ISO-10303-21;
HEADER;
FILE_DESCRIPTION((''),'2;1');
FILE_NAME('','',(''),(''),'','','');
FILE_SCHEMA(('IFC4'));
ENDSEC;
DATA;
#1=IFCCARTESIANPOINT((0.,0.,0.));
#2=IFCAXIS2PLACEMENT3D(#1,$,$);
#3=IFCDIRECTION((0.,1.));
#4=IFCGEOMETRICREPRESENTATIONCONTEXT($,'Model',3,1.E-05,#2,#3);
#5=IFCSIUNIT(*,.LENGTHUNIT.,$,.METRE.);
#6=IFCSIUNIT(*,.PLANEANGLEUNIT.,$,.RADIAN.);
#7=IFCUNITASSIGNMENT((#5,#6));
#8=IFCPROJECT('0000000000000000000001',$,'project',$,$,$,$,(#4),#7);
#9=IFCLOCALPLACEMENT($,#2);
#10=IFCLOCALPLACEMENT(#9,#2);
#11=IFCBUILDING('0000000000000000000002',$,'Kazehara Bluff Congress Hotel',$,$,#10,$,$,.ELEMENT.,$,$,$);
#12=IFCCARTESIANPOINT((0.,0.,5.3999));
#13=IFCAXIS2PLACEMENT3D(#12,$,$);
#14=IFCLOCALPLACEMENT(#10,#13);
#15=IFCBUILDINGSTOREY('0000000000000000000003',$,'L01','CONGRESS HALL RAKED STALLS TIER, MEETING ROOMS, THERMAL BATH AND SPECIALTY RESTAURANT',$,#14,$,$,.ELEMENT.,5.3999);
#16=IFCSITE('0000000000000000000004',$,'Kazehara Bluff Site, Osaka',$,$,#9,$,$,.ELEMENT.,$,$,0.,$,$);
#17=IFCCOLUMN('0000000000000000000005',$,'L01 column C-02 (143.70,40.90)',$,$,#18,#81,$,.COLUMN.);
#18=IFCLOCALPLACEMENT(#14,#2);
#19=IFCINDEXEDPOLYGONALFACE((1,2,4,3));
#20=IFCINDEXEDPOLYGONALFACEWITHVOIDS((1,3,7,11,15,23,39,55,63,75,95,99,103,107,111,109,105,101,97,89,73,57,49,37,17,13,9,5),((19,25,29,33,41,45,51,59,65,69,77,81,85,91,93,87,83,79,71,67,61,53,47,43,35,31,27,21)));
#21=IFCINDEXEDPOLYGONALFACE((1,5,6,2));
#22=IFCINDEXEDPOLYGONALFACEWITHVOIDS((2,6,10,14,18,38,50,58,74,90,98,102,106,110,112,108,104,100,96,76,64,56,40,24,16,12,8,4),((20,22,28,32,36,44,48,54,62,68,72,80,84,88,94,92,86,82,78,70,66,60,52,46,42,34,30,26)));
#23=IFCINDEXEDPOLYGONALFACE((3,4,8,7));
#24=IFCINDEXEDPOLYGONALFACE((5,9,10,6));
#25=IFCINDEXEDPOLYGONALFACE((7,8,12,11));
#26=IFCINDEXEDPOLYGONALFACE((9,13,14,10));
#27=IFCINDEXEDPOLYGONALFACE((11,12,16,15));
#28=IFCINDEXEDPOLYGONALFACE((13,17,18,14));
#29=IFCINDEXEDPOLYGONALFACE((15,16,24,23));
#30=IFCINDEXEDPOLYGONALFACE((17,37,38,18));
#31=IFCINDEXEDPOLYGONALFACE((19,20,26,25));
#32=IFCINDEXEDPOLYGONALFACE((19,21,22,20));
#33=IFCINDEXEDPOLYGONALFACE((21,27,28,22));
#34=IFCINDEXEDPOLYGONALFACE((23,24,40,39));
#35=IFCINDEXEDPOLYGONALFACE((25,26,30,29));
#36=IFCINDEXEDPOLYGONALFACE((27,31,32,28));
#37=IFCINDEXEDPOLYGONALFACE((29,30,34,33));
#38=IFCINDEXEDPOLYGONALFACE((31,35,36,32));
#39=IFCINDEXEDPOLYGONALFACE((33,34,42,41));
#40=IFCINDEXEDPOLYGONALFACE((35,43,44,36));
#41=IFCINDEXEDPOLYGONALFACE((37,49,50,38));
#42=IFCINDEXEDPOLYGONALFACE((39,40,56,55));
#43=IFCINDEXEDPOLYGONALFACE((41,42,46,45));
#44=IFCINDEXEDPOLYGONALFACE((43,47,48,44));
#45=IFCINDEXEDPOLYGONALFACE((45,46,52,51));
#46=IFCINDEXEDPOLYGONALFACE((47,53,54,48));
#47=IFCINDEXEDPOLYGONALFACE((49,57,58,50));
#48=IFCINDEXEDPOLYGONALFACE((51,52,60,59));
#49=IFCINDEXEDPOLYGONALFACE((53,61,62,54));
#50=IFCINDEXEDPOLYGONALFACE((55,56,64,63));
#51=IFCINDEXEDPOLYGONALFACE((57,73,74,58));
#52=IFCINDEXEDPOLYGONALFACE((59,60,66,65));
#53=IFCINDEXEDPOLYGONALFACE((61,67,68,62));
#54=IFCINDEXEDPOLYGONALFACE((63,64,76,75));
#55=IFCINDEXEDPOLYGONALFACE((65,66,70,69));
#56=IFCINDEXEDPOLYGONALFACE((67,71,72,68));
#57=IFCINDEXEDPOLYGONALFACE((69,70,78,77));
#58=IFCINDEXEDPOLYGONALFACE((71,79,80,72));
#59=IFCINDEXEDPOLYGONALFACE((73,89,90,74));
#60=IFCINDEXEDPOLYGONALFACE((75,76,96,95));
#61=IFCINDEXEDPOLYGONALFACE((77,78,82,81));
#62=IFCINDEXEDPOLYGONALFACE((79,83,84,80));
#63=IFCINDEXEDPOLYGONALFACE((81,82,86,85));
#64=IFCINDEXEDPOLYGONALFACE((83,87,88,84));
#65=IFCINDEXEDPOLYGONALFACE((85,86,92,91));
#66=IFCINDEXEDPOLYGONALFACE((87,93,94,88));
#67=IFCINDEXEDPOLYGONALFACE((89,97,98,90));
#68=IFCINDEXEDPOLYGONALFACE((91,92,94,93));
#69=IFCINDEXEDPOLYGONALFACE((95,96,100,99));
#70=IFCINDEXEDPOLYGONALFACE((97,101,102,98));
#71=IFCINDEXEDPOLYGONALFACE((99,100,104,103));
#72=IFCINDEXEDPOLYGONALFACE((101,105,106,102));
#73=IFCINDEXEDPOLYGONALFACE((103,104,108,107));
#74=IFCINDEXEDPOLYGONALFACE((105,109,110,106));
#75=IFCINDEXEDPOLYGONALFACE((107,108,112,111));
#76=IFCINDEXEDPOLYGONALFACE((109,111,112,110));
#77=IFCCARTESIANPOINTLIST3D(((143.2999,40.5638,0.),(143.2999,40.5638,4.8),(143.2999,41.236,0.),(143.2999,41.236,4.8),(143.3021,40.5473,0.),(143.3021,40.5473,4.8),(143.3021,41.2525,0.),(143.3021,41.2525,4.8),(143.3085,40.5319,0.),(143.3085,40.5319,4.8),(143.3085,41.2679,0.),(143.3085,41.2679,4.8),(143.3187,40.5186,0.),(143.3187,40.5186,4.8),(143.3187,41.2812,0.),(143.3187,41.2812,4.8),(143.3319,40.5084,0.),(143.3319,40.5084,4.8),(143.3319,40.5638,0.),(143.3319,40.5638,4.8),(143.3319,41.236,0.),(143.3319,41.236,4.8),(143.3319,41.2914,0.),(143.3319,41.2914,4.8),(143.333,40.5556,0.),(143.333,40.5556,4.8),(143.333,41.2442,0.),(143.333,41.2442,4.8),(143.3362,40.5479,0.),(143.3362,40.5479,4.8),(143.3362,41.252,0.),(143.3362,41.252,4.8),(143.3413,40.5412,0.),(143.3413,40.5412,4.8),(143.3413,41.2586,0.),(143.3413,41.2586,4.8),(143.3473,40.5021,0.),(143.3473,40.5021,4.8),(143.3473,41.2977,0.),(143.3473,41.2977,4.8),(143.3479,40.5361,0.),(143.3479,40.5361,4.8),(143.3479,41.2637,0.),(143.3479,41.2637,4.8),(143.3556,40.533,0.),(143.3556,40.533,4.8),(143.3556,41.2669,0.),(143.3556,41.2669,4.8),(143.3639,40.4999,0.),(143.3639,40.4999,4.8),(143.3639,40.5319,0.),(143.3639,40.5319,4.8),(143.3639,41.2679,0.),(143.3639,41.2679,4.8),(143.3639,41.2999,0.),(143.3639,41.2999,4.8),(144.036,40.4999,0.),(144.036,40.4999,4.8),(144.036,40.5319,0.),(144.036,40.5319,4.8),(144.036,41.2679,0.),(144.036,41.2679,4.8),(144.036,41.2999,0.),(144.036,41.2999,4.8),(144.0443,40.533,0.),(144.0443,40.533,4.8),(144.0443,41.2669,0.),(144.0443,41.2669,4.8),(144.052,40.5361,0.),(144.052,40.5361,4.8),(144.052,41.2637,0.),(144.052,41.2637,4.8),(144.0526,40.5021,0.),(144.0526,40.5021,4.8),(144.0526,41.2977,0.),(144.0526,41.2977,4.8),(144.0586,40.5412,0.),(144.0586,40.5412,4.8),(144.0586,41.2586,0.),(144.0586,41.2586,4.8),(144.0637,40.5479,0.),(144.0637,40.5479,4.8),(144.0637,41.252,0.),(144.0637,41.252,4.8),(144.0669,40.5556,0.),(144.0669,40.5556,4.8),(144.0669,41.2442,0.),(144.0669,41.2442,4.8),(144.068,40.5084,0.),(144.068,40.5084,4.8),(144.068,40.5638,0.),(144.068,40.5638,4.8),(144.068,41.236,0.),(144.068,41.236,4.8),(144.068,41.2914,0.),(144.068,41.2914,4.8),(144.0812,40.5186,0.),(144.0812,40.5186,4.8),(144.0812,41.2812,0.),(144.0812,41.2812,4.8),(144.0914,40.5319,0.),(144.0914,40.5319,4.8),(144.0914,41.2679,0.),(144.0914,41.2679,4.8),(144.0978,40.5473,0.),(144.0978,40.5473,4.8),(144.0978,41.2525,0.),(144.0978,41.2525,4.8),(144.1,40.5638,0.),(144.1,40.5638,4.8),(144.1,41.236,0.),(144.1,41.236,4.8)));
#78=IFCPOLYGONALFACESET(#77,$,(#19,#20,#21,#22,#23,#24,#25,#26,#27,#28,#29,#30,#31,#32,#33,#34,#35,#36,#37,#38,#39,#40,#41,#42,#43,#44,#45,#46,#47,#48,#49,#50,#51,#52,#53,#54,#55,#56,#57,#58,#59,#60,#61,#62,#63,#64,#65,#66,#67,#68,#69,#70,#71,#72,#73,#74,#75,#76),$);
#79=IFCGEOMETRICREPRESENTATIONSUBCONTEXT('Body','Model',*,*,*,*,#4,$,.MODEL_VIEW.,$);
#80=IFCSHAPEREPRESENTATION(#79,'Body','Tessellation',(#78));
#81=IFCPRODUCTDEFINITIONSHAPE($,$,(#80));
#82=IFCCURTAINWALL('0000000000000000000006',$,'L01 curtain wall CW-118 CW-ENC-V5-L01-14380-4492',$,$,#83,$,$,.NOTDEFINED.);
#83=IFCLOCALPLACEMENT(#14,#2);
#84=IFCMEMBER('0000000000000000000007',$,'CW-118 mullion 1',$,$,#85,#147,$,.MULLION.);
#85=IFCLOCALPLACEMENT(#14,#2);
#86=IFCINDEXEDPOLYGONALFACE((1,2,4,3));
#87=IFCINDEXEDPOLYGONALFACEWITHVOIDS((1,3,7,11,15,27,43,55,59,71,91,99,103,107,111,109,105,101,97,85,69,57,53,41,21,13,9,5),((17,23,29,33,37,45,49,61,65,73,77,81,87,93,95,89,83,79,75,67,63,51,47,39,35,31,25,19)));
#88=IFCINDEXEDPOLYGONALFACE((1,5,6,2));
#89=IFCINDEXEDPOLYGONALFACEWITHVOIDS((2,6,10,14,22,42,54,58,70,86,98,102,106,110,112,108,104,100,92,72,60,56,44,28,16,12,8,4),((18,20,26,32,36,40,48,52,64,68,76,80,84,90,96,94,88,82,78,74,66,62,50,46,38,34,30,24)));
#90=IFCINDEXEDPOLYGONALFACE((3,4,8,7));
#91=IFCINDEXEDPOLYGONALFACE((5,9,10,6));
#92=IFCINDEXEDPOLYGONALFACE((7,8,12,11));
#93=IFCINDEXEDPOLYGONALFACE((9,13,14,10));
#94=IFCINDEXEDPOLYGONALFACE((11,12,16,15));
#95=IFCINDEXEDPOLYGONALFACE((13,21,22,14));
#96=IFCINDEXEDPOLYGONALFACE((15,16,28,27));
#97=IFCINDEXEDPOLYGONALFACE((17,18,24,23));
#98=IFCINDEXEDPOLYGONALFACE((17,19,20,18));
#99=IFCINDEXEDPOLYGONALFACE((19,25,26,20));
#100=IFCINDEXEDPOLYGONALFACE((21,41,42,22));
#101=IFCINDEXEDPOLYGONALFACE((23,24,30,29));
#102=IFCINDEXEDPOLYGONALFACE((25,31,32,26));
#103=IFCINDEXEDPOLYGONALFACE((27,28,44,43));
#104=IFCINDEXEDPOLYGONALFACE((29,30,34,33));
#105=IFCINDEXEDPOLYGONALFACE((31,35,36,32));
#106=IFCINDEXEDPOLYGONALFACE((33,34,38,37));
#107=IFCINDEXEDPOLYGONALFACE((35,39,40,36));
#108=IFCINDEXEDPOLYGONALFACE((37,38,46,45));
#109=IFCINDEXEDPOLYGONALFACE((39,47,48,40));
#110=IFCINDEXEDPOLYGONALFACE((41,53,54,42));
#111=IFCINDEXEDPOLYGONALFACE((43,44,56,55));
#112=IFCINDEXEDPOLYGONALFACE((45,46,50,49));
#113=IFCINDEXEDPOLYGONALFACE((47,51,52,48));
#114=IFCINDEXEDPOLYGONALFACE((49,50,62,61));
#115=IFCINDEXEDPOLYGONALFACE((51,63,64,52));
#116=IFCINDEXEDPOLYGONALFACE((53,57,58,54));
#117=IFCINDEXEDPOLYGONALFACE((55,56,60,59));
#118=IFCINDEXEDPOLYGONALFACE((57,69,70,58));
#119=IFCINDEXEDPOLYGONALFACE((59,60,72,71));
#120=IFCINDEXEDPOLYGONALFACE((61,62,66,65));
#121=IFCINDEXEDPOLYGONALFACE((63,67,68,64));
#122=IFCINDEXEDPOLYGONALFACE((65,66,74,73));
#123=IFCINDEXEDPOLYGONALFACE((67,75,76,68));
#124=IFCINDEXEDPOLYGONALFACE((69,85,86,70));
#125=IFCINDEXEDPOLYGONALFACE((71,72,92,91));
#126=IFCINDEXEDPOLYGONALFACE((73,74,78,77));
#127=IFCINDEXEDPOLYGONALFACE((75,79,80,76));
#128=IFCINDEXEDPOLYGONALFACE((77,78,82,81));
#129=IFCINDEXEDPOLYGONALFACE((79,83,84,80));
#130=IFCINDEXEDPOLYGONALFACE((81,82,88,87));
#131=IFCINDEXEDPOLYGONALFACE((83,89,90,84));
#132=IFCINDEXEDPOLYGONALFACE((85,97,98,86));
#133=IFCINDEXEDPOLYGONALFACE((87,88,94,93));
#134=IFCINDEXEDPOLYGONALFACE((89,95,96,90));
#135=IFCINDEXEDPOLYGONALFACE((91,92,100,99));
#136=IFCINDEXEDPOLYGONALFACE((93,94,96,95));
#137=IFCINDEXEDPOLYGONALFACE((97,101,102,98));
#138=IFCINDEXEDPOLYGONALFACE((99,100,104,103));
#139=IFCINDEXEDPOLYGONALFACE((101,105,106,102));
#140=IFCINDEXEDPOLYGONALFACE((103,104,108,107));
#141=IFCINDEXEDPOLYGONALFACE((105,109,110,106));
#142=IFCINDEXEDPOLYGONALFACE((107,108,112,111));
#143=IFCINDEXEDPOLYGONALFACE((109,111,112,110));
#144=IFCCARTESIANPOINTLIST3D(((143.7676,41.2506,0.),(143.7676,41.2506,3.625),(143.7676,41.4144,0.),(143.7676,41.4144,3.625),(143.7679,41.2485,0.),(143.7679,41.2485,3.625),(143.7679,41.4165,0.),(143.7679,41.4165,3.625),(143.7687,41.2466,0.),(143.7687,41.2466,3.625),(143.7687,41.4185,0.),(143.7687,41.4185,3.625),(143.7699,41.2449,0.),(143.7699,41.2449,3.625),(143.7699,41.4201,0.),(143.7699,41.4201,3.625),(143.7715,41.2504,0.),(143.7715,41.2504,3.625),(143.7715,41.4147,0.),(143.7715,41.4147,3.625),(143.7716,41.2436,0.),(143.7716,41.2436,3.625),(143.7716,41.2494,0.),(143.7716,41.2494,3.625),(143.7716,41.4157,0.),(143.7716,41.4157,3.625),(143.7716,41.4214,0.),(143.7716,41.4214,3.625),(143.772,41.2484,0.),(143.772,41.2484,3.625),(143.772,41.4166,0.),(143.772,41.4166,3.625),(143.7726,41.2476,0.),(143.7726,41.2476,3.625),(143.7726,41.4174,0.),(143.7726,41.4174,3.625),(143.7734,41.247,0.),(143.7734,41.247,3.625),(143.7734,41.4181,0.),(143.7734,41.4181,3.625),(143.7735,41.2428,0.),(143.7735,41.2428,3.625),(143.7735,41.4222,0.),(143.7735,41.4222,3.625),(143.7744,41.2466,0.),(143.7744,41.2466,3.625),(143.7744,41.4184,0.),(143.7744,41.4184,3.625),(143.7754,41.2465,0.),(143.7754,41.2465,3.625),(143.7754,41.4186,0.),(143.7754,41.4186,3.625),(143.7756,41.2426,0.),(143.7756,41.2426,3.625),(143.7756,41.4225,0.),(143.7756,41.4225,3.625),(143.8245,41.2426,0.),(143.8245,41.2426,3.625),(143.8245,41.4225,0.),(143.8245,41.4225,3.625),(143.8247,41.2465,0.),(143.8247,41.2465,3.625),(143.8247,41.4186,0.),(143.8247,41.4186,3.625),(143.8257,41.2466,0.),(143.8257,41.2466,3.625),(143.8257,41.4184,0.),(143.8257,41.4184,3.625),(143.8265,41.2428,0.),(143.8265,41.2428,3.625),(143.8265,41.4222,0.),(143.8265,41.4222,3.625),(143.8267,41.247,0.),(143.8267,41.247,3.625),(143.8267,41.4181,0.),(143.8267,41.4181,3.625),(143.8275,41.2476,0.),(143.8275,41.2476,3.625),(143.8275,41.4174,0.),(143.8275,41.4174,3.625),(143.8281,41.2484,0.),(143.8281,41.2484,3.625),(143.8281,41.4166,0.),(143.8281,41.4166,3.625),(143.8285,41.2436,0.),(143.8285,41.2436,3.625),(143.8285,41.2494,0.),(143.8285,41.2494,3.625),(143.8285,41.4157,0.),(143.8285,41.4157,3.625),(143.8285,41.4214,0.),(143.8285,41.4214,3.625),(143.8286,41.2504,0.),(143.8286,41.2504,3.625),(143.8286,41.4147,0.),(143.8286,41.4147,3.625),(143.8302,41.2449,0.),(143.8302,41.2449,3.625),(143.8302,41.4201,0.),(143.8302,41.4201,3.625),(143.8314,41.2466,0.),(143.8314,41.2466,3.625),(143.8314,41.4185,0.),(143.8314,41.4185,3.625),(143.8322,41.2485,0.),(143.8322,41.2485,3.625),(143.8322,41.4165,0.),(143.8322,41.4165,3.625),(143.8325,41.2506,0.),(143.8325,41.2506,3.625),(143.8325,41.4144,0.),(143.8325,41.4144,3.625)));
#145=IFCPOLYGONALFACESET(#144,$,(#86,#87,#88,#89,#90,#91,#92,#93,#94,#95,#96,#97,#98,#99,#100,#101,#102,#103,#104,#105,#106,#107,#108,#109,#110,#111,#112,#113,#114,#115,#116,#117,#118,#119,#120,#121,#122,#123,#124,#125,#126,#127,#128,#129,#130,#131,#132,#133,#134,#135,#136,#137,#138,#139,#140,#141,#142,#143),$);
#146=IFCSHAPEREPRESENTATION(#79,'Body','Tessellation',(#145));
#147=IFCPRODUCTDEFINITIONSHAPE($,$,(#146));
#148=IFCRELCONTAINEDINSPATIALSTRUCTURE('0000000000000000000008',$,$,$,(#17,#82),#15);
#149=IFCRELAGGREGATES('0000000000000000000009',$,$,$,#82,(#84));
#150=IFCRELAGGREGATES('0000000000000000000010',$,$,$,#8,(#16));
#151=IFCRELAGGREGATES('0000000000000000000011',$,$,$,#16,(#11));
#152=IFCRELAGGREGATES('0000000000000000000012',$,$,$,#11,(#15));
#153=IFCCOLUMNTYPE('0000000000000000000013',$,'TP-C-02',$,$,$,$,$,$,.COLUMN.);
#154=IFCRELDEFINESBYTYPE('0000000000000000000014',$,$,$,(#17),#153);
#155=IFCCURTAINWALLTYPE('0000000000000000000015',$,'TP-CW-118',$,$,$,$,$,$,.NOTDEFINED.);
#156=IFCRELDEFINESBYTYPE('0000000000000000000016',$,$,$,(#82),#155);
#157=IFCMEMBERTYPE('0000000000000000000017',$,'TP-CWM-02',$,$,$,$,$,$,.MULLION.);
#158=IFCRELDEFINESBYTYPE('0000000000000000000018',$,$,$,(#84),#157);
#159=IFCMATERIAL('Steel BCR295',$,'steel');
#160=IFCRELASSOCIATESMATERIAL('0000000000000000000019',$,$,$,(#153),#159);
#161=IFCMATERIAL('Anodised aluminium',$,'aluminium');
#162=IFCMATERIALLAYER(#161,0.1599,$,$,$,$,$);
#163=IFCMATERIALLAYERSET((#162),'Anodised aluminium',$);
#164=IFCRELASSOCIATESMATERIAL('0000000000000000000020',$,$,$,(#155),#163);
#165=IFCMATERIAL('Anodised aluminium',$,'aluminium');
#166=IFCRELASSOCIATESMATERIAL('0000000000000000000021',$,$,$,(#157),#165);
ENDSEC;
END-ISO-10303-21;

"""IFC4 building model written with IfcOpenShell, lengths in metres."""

from ifc_helpers import new_model, si_unit, direction, frame, origin, origin_2d, place, context, subcontext, project, spatial, hollow_rectangle, extrude, material, layer, layer_set, material_profile, profile_set, type_object, element, aggregate, save


model = new_model("IFC4")

# Units and contexts
model_context = context("Model", 3, precision=1e-05, world=origin(), true_north=direction((0.0, 1.0)))
body_context = subcontext(model_context, "Body", "Model", "MODEL_VIEW")
ifc_project = project(units=[si_unit("LENGTHUNIT", "METRE"), si_unit("PLANEANGLEUNIT", "RADIAN")], contexts=[model_context])

# Site, building, storey
site_placement = place(None, origin())
site = spatial("IfcSite", under=ifc_project, at=site_placement, Name="Kazehara Bluff Site, Osaka", CompositionType="ELEMENT", RefElevation=0.0)
building_placement = place(site_placement, origin())
building = spatial("IfcBuilding", under=site, at=building_placement, Name="Kazehara Bluff Congress Hotel", CompositionType="ELEMENT")
storey_placement = place(building_placement, frame((0.0, 0.0, 5.3999)))
storey = spatial("IfcBuildingStorey", under=building, at=storey_placement, Name="L01", Description="CONGRESS HALL RAKED STALLS TIER, MEETING ROOMS, THERMAL BATH AND SPECIALTY RESTAURANT", CompositionType="ELEMENT", Elevation=5.3999)

# Column
ifc_material_1 = material(Name="Steel BCR295", Category="steel")
ifc_material_profile_1 = material_profile(ifc_material_1, hollow_rectangle(XDim=0.8, YDim=0.8, WallThickness=0.032, InnerFilletRadius=0.032, OuterFilletRadius=0.064, at=origin_2d()))
ifc_profile_set_1 = profile_set([ifc_material_profile_1], Name="Steel BCR295")
column_type = type_object("IfcColumnType", Name="TP-C-02", PredefinedType="COLUMN", material=ifc_profile_set_1)
column_placement = place(storey_placement, frame((143.7, 40.8999, 0.0), z_axis=(0.0, 0.0, 1.0), x_axis=(1.0, 0.0, 0.0)))
element("IfcColumn", 1, at=column_placement, inside=storey, type_object=column_type, Name="L01 column C-02 (143.70,40.90)", PredefinedType="COLUMN", context=body_context, shape_type="SweptSolid", body=[
    extrude(hollow_rectangle(XDim=0.8, YDim=0.8, WallThickness=0.032, InnerFilletRadius=0.032, OuterFilletRadius=0.064, at=origin_2d()), origin(), (0.0, 0.0, 1.0), 4.8),
])

# Curtain wall, member
ifc_material_2 = material(Name="Anodised aluminium", Category="aluminium")
ifc_layer_1 = layer(ifc_material_2, 0.1599)
ifc_layer_set_1 = layer_set([ifc_layer_1], Name="Anodised aluminium")
curtain_wall_type = type_object("IfcCurtainWallType", Name="TP-CW-118", PredefinedType="NOTDEFINED", material=ifc_layer_set_1)
curtain_wall_placement = place(storey_placement, origin())
curtain_wall = element("IfcCurtainWall", 2, at=curtain_wall_placement, inside=storey, type_object=curtain_wall_type, Name="L01 curtain wall CW-118 CW-ENC-V5-L01-14380-4492", PredefinedType="NOTDEFINED")
ifc_material_3 = material(Name="Anodised aluminium", Category="aluminium")
ifc_material_profile_2 = material_profile(ifc_material_3, hollow_rectangle(XDim=0.0649, YDim=0.1799, WallThickness=0.0039, InnerFilletRadius=0.0039, OuterFilletRadius=0.0081, at=origin_2d()))
ifc_profile_set_2 = profile_set([ifc_material_profile_2], Name="Anodised aluminium")
member_type_1 = type_object("IfcMemberType", Name="TP-CWM-02", PredefinedType="MULLION", material=ifc_profile_set_2)
member_1_placement = place(storey_placement, frame((143.8, 41.3325, 0.0), z_axis=(0.0, 0.0, 1.0), x_axis=(-1.0, 0.0, 0.0)))
member_1 = element("IfcMember", 3, at=member_1_placement, type_object=member_type_1, Name="CW-118 mullion 1", PredefinedType="MULLION", context=body_context, shape_type="SweptSolid", body=[
    extrude(hollow_rectangle(XDim=0.0649, YDim=0.1799, WallThickness=0.0039, InnerFilletRadius=0.0039, OuterFilletRadius=0.0081, at=origin_2d()), origin(), (0.0, 0.0, 1.0), 3.625),
])

aggregate(curtain_wall, [member_1])

save(model, "model.ifc")
